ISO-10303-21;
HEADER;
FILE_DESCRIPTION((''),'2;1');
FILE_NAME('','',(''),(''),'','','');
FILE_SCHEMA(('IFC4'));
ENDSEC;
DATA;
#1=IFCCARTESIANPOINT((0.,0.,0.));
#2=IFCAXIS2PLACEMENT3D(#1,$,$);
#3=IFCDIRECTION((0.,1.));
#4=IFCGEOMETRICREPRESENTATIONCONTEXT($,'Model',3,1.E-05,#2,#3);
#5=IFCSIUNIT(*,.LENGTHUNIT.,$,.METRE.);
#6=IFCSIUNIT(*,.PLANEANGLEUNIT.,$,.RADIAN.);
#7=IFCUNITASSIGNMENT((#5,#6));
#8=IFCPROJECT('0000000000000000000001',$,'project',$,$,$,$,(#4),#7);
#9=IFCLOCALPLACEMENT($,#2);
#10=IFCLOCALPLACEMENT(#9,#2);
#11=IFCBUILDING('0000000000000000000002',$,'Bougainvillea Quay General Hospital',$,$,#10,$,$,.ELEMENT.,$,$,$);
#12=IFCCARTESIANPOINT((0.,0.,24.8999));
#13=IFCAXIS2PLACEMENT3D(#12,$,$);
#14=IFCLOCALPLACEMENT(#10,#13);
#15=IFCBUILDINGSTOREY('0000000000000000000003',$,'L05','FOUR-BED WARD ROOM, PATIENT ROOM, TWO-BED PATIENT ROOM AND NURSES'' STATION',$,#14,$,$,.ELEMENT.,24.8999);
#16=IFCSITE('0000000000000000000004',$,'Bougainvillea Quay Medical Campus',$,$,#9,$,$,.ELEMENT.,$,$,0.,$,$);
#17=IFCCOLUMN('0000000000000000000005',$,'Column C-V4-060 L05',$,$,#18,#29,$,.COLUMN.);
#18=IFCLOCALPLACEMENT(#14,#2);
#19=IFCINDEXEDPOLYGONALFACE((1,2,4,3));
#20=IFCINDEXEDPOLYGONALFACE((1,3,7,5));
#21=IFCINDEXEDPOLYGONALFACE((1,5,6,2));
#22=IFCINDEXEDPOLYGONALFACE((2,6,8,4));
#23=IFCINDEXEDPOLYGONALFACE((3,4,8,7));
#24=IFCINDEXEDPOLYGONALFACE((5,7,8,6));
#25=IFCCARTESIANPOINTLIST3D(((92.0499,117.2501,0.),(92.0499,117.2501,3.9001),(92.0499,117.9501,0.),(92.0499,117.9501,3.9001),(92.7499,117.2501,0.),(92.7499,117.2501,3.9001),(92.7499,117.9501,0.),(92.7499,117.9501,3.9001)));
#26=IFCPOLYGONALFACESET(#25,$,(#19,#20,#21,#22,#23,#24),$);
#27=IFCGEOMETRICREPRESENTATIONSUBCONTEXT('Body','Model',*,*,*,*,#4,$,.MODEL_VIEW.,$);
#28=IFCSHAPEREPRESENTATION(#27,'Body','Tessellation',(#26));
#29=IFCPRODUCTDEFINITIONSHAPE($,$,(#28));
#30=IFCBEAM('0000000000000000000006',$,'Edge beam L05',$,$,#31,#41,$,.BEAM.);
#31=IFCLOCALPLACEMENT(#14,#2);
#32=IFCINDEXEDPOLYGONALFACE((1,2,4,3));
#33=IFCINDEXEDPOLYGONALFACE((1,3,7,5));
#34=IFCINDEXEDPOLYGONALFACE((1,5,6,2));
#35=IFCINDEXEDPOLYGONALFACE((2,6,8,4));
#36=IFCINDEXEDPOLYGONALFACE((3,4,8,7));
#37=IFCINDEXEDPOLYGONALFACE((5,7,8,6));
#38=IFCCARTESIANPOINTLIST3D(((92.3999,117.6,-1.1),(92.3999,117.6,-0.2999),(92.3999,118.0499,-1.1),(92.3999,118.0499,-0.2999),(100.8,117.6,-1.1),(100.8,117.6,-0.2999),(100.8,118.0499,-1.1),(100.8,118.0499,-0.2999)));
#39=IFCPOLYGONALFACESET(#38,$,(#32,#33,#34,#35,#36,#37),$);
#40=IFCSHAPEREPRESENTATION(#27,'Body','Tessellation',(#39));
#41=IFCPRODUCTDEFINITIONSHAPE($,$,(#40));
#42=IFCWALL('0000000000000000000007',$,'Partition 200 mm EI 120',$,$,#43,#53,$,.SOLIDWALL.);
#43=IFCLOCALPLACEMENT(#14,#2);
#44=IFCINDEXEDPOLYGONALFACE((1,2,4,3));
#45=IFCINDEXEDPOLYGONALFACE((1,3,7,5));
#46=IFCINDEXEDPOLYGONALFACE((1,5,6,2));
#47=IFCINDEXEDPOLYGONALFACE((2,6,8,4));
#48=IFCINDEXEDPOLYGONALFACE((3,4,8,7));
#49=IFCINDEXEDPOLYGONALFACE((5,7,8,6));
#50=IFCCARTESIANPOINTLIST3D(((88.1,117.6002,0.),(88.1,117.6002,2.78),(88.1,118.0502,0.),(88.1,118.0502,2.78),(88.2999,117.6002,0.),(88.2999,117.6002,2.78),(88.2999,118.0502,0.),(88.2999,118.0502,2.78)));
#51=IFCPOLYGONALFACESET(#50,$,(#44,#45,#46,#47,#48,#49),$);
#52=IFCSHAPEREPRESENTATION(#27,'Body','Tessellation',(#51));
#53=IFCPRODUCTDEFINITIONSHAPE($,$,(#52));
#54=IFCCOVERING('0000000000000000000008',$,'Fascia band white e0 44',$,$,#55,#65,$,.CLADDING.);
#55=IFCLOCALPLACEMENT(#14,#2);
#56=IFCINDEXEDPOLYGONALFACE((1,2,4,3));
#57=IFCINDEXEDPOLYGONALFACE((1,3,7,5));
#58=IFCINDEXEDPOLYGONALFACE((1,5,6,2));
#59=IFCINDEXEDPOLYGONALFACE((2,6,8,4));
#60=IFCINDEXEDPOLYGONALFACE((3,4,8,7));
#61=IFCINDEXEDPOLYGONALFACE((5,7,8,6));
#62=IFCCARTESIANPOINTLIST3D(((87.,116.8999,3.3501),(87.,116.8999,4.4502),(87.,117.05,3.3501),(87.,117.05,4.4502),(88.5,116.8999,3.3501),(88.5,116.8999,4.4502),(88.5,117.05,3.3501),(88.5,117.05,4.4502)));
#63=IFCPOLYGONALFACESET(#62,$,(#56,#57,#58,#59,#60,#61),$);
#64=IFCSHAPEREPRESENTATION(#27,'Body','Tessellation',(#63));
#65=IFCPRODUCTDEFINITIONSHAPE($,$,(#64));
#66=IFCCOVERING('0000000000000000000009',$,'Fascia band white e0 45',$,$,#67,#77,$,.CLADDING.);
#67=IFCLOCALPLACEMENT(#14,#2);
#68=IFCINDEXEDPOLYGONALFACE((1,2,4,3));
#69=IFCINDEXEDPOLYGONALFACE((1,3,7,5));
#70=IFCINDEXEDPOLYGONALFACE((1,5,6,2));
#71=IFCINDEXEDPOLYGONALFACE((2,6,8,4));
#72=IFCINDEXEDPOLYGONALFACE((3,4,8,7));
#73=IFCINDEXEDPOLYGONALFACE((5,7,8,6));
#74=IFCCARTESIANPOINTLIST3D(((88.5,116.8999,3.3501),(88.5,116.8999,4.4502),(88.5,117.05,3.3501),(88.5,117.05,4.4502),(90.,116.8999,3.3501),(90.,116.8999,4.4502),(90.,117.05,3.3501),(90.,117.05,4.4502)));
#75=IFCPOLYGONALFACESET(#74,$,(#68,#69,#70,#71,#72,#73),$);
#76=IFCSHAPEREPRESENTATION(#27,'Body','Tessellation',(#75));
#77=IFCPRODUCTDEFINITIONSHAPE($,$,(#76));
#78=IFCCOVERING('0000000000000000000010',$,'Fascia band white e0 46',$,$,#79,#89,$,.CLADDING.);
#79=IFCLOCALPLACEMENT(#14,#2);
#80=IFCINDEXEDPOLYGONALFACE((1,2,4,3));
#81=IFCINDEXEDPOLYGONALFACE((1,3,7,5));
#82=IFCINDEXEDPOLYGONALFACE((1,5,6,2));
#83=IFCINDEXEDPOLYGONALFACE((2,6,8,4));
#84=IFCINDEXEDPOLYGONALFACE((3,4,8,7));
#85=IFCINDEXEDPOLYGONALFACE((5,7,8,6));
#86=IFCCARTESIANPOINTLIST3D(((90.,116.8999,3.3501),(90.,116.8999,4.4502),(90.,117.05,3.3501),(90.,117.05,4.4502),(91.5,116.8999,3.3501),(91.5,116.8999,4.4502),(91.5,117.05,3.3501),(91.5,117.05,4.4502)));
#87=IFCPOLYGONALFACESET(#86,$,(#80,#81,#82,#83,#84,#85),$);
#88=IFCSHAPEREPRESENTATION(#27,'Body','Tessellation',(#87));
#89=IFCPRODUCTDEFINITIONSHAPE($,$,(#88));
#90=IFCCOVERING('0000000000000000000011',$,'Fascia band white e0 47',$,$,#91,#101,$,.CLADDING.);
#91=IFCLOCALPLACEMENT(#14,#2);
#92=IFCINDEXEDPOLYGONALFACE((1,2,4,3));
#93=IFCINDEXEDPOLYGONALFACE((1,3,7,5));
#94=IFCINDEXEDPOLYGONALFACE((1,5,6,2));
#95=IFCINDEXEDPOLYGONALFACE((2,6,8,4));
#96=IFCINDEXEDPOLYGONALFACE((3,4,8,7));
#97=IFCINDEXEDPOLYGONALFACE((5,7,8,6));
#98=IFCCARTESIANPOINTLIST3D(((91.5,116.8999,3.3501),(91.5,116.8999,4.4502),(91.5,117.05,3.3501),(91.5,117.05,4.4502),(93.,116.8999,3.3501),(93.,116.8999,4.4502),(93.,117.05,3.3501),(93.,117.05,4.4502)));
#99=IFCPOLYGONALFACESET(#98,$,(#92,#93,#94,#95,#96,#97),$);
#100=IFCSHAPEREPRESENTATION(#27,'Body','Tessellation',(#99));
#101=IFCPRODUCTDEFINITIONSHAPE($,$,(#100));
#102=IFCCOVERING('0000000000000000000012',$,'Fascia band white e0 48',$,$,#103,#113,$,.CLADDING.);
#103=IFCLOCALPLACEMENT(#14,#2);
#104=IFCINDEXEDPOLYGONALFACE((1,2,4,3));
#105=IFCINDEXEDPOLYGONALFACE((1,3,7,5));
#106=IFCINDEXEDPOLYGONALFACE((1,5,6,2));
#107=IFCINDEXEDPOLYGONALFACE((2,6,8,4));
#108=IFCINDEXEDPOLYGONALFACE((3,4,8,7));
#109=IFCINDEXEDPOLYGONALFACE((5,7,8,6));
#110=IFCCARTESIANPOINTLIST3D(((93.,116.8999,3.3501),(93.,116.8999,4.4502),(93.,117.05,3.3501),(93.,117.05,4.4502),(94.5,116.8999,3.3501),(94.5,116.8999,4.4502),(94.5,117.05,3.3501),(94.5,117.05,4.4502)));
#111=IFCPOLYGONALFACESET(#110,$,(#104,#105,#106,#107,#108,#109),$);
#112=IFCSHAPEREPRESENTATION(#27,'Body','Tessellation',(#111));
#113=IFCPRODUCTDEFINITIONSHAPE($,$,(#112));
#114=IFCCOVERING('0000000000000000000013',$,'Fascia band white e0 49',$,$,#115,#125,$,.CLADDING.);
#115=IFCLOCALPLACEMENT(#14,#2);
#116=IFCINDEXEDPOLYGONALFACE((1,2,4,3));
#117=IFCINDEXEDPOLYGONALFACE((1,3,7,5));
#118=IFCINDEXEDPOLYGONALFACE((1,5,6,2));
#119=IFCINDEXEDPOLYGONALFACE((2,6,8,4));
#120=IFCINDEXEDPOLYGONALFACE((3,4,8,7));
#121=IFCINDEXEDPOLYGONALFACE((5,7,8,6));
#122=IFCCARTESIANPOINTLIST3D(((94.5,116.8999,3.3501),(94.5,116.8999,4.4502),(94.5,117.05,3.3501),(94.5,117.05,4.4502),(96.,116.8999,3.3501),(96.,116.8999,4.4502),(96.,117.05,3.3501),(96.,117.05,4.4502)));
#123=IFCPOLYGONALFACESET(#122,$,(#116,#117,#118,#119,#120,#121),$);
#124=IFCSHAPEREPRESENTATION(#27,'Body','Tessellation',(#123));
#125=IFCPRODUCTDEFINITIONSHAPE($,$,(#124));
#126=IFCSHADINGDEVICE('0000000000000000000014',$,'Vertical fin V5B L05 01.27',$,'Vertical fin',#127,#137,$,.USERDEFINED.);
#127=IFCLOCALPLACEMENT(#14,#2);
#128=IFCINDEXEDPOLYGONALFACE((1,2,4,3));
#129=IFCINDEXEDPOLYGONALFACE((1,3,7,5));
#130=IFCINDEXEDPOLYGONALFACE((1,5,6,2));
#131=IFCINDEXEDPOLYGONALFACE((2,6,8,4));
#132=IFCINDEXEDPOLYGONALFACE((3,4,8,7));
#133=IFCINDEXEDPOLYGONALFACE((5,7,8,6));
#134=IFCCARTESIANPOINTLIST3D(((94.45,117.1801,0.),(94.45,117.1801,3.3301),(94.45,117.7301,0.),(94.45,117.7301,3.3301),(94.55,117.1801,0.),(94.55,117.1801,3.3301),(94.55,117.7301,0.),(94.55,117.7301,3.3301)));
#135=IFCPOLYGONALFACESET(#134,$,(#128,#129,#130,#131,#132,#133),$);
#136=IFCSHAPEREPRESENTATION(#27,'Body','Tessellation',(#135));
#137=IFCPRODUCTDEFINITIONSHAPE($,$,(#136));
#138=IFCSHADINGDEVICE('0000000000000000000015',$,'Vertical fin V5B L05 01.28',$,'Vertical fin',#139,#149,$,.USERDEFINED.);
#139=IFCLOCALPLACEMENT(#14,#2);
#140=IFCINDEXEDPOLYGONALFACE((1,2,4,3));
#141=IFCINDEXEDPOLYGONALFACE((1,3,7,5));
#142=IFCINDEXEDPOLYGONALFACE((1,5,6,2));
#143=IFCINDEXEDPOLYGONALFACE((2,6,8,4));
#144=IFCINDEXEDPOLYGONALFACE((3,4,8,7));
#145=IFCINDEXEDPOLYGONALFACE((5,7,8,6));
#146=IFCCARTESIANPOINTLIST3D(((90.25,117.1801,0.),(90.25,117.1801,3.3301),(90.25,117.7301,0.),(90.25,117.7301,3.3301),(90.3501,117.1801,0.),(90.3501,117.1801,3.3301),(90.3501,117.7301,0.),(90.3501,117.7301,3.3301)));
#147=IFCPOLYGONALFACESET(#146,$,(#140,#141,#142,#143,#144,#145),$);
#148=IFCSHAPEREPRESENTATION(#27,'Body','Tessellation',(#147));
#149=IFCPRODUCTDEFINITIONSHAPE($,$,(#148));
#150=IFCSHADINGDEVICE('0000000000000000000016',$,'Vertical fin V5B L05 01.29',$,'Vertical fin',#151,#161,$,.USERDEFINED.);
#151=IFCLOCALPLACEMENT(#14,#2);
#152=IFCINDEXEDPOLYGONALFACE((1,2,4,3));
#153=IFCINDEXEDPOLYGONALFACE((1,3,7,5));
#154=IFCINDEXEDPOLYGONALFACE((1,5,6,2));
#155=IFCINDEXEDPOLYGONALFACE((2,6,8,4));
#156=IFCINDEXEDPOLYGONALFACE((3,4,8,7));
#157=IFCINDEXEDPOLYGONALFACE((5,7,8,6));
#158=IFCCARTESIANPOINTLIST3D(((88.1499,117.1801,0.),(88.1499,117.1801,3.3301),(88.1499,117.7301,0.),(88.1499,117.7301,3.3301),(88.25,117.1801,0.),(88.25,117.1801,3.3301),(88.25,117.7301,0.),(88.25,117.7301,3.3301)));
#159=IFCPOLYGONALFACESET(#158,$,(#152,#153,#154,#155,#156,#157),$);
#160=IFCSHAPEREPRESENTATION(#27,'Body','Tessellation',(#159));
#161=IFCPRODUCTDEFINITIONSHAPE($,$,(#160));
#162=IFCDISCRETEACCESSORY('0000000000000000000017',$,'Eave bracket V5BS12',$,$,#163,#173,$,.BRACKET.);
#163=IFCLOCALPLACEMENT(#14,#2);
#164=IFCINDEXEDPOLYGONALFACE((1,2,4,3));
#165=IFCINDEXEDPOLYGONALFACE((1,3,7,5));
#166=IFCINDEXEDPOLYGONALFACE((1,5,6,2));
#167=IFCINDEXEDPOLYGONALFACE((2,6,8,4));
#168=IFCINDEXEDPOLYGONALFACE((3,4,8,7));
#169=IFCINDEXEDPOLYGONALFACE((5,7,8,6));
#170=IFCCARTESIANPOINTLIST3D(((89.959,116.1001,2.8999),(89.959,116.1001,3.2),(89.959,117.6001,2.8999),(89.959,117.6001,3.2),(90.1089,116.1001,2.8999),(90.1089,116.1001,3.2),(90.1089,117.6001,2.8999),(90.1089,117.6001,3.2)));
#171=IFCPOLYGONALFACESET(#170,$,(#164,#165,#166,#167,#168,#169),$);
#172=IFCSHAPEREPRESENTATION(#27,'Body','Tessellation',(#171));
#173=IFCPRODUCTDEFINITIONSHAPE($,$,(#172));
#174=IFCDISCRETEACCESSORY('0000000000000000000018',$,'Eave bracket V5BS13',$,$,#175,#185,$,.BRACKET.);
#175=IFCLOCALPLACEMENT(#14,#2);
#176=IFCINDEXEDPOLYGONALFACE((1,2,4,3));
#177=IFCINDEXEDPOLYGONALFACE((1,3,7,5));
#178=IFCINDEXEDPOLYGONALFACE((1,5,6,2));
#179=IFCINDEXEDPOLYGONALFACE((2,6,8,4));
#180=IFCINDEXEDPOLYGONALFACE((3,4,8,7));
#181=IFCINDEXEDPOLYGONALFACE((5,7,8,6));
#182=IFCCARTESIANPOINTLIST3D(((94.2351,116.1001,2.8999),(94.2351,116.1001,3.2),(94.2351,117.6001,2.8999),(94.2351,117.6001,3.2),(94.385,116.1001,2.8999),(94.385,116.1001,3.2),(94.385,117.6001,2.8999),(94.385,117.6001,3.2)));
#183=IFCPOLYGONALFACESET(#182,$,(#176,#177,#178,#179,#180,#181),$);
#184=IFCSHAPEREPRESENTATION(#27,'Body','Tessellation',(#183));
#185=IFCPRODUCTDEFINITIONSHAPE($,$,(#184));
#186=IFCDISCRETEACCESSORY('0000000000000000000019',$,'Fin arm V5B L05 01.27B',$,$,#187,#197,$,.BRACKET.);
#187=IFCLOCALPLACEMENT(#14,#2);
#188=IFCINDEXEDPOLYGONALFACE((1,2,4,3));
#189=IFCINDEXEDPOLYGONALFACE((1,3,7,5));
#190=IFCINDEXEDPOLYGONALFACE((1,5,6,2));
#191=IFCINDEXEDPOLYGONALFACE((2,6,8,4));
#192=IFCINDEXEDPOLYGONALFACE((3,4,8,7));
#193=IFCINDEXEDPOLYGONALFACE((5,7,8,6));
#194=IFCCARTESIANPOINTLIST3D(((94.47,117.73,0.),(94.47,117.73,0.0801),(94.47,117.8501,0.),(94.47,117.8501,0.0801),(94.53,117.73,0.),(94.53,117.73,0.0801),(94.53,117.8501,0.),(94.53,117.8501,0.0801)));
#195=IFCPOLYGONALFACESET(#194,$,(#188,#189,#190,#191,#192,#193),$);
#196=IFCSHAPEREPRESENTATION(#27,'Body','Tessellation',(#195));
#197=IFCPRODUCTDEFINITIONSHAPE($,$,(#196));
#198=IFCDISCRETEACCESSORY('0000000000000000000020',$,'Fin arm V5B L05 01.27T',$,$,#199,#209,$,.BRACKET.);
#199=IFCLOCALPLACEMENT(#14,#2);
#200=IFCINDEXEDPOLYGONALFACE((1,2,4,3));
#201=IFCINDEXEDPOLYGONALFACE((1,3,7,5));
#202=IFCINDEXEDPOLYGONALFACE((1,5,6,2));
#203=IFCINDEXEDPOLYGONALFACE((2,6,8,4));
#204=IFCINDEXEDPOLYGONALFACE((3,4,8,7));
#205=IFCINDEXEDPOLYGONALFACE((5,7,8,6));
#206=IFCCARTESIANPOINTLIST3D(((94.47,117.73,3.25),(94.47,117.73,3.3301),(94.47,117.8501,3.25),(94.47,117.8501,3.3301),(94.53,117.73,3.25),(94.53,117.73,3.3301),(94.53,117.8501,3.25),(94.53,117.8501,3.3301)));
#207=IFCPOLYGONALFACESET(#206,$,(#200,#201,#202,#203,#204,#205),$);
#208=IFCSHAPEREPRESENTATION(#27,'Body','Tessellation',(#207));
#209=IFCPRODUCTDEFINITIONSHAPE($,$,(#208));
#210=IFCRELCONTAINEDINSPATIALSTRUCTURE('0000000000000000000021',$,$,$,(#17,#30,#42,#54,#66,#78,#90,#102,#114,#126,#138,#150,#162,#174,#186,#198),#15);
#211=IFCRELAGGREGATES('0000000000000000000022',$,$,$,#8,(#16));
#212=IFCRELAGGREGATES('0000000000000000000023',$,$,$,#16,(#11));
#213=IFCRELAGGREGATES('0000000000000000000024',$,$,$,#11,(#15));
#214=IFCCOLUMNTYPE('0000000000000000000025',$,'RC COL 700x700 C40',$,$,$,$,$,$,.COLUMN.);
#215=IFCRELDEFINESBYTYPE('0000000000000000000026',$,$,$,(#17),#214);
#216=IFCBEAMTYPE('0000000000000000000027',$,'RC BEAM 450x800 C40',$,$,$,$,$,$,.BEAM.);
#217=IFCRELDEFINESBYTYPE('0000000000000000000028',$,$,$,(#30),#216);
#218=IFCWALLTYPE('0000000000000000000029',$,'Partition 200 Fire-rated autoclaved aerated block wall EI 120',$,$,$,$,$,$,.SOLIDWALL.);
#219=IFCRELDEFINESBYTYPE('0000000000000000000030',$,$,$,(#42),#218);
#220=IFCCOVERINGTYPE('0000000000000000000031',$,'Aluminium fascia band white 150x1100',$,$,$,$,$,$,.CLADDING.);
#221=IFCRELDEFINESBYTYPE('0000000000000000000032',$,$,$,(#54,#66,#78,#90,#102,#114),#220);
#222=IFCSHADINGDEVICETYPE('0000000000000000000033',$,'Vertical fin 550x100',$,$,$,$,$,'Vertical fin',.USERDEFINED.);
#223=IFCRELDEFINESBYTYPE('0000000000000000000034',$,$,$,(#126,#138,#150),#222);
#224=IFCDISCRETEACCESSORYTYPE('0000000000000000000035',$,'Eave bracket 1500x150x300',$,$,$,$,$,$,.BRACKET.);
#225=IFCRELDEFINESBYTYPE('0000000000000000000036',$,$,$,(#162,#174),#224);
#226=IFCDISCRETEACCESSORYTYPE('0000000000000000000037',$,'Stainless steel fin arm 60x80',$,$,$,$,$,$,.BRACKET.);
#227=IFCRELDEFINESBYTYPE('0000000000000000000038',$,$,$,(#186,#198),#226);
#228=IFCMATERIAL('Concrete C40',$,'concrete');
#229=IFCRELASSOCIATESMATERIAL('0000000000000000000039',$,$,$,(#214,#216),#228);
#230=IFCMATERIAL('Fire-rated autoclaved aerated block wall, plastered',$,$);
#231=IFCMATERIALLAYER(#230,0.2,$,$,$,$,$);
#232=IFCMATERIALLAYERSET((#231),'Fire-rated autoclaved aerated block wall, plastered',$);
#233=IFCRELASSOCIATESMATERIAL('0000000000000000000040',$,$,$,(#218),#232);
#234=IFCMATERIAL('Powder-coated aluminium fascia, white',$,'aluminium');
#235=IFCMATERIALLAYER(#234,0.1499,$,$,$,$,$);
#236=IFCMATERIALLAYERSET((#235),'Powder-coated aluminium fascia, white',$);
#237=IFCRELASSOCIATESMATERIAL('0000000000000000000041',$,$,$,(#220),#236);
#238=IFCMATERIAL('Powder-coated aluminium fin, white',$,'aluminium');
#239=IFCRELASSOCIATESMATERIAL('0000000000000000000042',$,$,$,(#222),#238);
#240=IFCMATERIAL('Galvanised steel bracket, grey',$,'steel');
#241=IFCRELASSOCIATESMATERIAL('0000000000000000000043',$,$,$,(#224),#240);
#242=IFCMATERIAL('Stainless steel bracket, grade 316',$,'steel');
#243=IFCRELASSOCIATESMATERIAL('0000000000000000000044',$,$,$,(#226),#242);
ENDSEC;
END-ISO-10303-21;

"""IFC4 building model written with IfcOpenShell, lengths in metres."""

from ifc_helpers import new_model, si_unit, direction, frame, frame_2d, origin, origin_2d, place, context, subcontext, project, spatial, polyline, rectangle, outline, extrude, material, layer, layer_set, material_profile, profile_set, type_object, element, save


model = new_model("IFC4")

# Units and contexts
model_context = context("Model", 3, precision=1e-05, world=origin(), true_north=direction((0.0, 1.0)))
body_context = subcontext(model_context, "Body", "Model", "MODEL_VIEW")
ifc_project = project(units=[si_unit("LENGTHUNIT", "METRE"), si_unit("PLANEANGLEUNIT", "RADIAN")], contexts=[model_context])

# Site, building, storey
site_placement = place(None, origin())
site = spatial("IfcSite", under=ifc_project, at=site_placement, Name="Bougainvillea Quay Medical Campus", CompositionType="ELEMENT", RefElevation=0.0)
building_placement = place(site_placement, origin())
building = spatial("IfcBuilding", under=site, at=building_placement, Name="Bougainvillea Quay General Hospital", CompositionType="ELEMENT")
storey_placement = place(building_placement, frame((0.0, 0.0, 24.8999)))
storey = spatial("IfcBuildingStorey", under=building, at=storey_placement, Name="L05", Description="FOUR-BED WARD ROOM, PATIENT ROOM, TWO-BED PATIENT ROOM AND NURSES' STATION", CompositionType="ELEMENT", Elevation=24.8999)

# Column
ifc_material_1 = material(Name="Concrete C40", Category="concrete")
ifc_material_profile_1 = material_profile(ifc_material_1, rectangle(XDim=0.7, YDim=0.7, at=origin_2d()))
ifc_profile_set_1 = profile_set([ifc_material_profile_1], Name="Concrete C40")
column_type = type_object("IfcColumnType", Name="RC COL 700x700 C40", PredefinedType="COLUMN", material=ifc_profile_set_1)
column_placement = place(storey_placement, frame((92.3999, 117.6001, 0.0), z_axis=(0.0, 0.0, 1.0), x_axis=(1.0, 0.0, 0.0)))
element("IfcColumn", 1, at=column_placement, inside=storey, type_object=column_type, Name="Column C-V4-060 L05", PredefinedType="COLUMN", context=body_context, shape_type="SweptSolid", body=[
    extrude(rectangle(XDim=0.7, YDim=0.7, at=origin_2d()), origin(), (0.0, 0.0, 1.0), 3.9001),
])

# Beam
ifc_material_profile_2 = material_profile(ifc_material_1, rectangle(XDim=0.45, YDim=0.8, at=origin_2d()))
ifc_profile_set_2 = profile_set([ifc_material_profile_2], Name="Concrete C40")
beam_type = type_object("IfcBeamType", Name="RC BEAM 450x800 C40", PredefinedType="BEAM", material=ifc_profile_set_2)
beam_placement = place(storey_placement, frame((92.3999, 117.825, -0.7), z_axis=(1.0, 0.0, 0.0), x_axis=(0.0, 1.0, 0.0)))
element("IfcBeam", 2, at=beam_placement, inside=storey, type_object=beam_type, Name="Edge beam L05", PredefinedType="BEAM", context=body_context, shape_type="SweptSolid", body=[
    extrude(rectangle(XDim=0.45, YDim=0.8, at=origin_2d()), origin(), (0.0, 0.0, 1.0), 8.4001),
])

# Wall
ifc_material_2 = material(Name="Fire-rated autoclaved aerated block wall, plastered")
ifc_layer_1 = layer(ifc_material_2, 0.2)
ifc_layer_set_1 = layer_set([ifc_layer_1], Name="Fire-rated autoclaved aerated block wall, plastered")
wall_type = type_object("IfcWallType", Name="Partition 200 Fire-rated autoclaved aerated block wall EI 120", PredefinedType="SOLIDWALL", material=ifc_layer_set_1)
wall_placement = place(storey_placement, frame((88.2, 117.6001, 0.0), z_axis=(0.0, 0.0, 1.0), x_axis=(0.0, 1.0, 0.0)))
element("IfcWall", 3, at=wall_placement, inside=storey, type_object=wall_type, Name="Partition 200 mm EI 120", PredefinedType="SOLIDWALL", context=body_context, shape_type="SweptSolid", body=[
    extrude(rectangle(XDim=0.45, YDim=0.2, at=frame_2d((0.2251, 0.0))), origin(), (0.0, 0.0, 1.0), 2.78),
])

# Coverings
ifc_material_3 = material(Name="Powder-coated aluminium fascia, white", Category="aluminium")
ifc_layer_2 = layer(ifc_material_3, 0.1499)
ifc_layer_set_2 = layer_set([ifc_layer_2], Name="Powder-coated aluminium fascia, white")
covering_type = type_object("IfcCoveringType", Name="Aluminium fascia band white 150x1100", PredefinedType="CLADDING", material=ifc_layer_set_2)
for number, where, z_axis, x_axis, name in (
    (4, (87.0, 117.05, 3.3501), (0.0, 0.0, 1.0), (1.0, 0.0, 0.0), "Fascia band white e0 44"),
    (5, (88.5, 117.05, 3.3501), (0.0, 0.0, 1.0), (1.0, 0.0, 0.0), "Fascia band white e0 45"),
    (6, (90.0, 117.05, 3.3501), (0.0, 0.0, 1.0), (1.0, 0.0, 0.0), "Fascia band white e0 46"),
    (7, (91.5, 117.05, 3.3501), (0.0, 0.0, 1.0), (1.0, 0.0, 0.0), "Fascia band white e0 47"),
    (8, (93.0, 117.05, 3.3501), (0.0, 0.0, 1.0), (1.0, 0.0, 0.0), "Fascia band white e0 48"),
    (9, (94.5, 117.05, 3.3501), (0.0, 0.0, 1.0), (1.0, 0.0, 0.0), "Fascia band white e0 49"),
):
    element("IfcCovering", number, at=place(storey_placement, frame(where, z_axis=z_axis, x_axis=x_axis)), inside=storey, type_object=covering_type, Name=name, PredefinedType="CLADDING", context=body_context, shape_type="SweptSolid", body=[
        extrude(outline(polyline([(0.0, 0.0), (1.5, 0.0), (1.5, -0.1501), (0.0, -0.1501), (0.0, 0.0)])), origin(), (0.0, 0.0, 1.0), 1.1001),
    ])

# Shading devices
ifc_material_4 = material(Name="Powder-coated aluminium fin, white", Category="aluminium")
ifc_material_profile_3 = material_profile(ifc_material_4, rectangle(XDim=0.55, YDim=0.1001, at=origin_2d()))
ifc_profile_set_3 = profile_set([ifc_material_profile_3], Name="Powder-coated aluminium fin, white")
shading_device_type = type_object("IfcShadingDeviceType", Name="Vertical fin 550x100", ElementType="Vertical fin", PredefinedType="USERDEFINED", material=ifc_profile_set_3)
for number, where, z_axis, x_axis, name in (
    (10, (94.5, 117.4551, 0.0), (0.0, 0.0, 1.0), (0.0, -1.0, 0.0), "Vertical fin V5B L05 01.27"),
    (11, (90.3, 117.4551, 0.0), (0.0, 0.0, 1.0), (0.0, -1.0, 0.0), "Vertical fin V5B L05 01.28"),
    (12, (88.2, 117.4551, 0.0), (0.0, 0.0, 1.0), (0.0, -1.0, 0.0), "Vertical fin V5B L05 01.29"),
):
    element("IfcShadingDevice", number, at=place(storey_placement, frame(where, z_axis=z_axis, x_axis=x_axis)), inside=storey, type_object=shading_device_type, Name=name, ObjectType="Vertical fin", PredefinedType="USERDEFINED", context=body_context, shape_type="SweptSolid", body=[
        extrude(rectangle(XDim=0.55, YDim=0.1001, at=origin_2d()), origin(), (0.0, 0.0, 1.0), 3.3301),
    ])

# Discrete accessories
ifc_material_5 = material(Name="Galvanised steel bracket, grey", Category="steel")
discrete_accessory_type_1 = type_object("IfcDiscreteAccessoryType", Name="Eave bracket 1500x150x300", PredefinedType="BRACKET", material=ifc_material_5)
for number, where, z_axis, x_axis, name in (
    (13, (90.0339, 116.8501, 2.8999), (0.0, 0.0, 1.0), (1.0, 0.0, 0.0), "Eave bracket V5BS12"),
    (14, (94.3101, 116.8501, 2.8999), (0.0, 0.0, 1.0), (1.0, 0.0, 0.0), "Eave bracket V5BS13"),
):
    element("IfcDiscreteAccessory", number, at=place(storey_placement, frame(where, z_axis=z_axis, x_axis=x_axis)), inside=storey, type_object=discrete_accessory_type_1, Name=name, PredefinedType="BRACKET", context=body_context, shape_type="SweptSolid", body=[
        extrude(rectangle(XDim=0.1499, YDim=1.5, at=origin_2d()), origin(), (0.0, 0.0, 1.0), 0.3),
    ])
ifc_material_6 = material(Name="Stainless steel bracket, grade 316", Category="steel")
discrete_accessory_type_2 = type_object("IfcDiscreteAccessoryType", Name="Stainless steel fin arm 60x80", PredefinedType="BRACKET", material=ifc_material_6)
for number, where, z_axis, x_axis, name in (
    (15, (94.5, 117.79, 0.0), (0.0, 0.0, 1.0), (0.0, -1.0, 0.0), "Fin arm V5B L05 01.27B"),
    (16, (94.5, 117.79, 3.25), (0.0, 0.0, 1.0), (0.0, -1.0, 0.0), "Fin arm V5B L05 01.27T"),
):
    element("IfcDiscreteAccessory", number, at=place(storey_placement, frame(where, z_axis=z_axis, x_axis=x_axis)), inside=storey, type_object=discrete_accessory_type_2, Name=name, PredefinedType="BRACKET", context=body_context, shape_type="SweptSolid", body=[
        extrude(rectangle(XDim=0.1201, YDim=0.0601, at=origin_2d()), origin(), (0.0, 0.0, 1.0), 0.0801),
    ])

save(model, "model.ifc")
